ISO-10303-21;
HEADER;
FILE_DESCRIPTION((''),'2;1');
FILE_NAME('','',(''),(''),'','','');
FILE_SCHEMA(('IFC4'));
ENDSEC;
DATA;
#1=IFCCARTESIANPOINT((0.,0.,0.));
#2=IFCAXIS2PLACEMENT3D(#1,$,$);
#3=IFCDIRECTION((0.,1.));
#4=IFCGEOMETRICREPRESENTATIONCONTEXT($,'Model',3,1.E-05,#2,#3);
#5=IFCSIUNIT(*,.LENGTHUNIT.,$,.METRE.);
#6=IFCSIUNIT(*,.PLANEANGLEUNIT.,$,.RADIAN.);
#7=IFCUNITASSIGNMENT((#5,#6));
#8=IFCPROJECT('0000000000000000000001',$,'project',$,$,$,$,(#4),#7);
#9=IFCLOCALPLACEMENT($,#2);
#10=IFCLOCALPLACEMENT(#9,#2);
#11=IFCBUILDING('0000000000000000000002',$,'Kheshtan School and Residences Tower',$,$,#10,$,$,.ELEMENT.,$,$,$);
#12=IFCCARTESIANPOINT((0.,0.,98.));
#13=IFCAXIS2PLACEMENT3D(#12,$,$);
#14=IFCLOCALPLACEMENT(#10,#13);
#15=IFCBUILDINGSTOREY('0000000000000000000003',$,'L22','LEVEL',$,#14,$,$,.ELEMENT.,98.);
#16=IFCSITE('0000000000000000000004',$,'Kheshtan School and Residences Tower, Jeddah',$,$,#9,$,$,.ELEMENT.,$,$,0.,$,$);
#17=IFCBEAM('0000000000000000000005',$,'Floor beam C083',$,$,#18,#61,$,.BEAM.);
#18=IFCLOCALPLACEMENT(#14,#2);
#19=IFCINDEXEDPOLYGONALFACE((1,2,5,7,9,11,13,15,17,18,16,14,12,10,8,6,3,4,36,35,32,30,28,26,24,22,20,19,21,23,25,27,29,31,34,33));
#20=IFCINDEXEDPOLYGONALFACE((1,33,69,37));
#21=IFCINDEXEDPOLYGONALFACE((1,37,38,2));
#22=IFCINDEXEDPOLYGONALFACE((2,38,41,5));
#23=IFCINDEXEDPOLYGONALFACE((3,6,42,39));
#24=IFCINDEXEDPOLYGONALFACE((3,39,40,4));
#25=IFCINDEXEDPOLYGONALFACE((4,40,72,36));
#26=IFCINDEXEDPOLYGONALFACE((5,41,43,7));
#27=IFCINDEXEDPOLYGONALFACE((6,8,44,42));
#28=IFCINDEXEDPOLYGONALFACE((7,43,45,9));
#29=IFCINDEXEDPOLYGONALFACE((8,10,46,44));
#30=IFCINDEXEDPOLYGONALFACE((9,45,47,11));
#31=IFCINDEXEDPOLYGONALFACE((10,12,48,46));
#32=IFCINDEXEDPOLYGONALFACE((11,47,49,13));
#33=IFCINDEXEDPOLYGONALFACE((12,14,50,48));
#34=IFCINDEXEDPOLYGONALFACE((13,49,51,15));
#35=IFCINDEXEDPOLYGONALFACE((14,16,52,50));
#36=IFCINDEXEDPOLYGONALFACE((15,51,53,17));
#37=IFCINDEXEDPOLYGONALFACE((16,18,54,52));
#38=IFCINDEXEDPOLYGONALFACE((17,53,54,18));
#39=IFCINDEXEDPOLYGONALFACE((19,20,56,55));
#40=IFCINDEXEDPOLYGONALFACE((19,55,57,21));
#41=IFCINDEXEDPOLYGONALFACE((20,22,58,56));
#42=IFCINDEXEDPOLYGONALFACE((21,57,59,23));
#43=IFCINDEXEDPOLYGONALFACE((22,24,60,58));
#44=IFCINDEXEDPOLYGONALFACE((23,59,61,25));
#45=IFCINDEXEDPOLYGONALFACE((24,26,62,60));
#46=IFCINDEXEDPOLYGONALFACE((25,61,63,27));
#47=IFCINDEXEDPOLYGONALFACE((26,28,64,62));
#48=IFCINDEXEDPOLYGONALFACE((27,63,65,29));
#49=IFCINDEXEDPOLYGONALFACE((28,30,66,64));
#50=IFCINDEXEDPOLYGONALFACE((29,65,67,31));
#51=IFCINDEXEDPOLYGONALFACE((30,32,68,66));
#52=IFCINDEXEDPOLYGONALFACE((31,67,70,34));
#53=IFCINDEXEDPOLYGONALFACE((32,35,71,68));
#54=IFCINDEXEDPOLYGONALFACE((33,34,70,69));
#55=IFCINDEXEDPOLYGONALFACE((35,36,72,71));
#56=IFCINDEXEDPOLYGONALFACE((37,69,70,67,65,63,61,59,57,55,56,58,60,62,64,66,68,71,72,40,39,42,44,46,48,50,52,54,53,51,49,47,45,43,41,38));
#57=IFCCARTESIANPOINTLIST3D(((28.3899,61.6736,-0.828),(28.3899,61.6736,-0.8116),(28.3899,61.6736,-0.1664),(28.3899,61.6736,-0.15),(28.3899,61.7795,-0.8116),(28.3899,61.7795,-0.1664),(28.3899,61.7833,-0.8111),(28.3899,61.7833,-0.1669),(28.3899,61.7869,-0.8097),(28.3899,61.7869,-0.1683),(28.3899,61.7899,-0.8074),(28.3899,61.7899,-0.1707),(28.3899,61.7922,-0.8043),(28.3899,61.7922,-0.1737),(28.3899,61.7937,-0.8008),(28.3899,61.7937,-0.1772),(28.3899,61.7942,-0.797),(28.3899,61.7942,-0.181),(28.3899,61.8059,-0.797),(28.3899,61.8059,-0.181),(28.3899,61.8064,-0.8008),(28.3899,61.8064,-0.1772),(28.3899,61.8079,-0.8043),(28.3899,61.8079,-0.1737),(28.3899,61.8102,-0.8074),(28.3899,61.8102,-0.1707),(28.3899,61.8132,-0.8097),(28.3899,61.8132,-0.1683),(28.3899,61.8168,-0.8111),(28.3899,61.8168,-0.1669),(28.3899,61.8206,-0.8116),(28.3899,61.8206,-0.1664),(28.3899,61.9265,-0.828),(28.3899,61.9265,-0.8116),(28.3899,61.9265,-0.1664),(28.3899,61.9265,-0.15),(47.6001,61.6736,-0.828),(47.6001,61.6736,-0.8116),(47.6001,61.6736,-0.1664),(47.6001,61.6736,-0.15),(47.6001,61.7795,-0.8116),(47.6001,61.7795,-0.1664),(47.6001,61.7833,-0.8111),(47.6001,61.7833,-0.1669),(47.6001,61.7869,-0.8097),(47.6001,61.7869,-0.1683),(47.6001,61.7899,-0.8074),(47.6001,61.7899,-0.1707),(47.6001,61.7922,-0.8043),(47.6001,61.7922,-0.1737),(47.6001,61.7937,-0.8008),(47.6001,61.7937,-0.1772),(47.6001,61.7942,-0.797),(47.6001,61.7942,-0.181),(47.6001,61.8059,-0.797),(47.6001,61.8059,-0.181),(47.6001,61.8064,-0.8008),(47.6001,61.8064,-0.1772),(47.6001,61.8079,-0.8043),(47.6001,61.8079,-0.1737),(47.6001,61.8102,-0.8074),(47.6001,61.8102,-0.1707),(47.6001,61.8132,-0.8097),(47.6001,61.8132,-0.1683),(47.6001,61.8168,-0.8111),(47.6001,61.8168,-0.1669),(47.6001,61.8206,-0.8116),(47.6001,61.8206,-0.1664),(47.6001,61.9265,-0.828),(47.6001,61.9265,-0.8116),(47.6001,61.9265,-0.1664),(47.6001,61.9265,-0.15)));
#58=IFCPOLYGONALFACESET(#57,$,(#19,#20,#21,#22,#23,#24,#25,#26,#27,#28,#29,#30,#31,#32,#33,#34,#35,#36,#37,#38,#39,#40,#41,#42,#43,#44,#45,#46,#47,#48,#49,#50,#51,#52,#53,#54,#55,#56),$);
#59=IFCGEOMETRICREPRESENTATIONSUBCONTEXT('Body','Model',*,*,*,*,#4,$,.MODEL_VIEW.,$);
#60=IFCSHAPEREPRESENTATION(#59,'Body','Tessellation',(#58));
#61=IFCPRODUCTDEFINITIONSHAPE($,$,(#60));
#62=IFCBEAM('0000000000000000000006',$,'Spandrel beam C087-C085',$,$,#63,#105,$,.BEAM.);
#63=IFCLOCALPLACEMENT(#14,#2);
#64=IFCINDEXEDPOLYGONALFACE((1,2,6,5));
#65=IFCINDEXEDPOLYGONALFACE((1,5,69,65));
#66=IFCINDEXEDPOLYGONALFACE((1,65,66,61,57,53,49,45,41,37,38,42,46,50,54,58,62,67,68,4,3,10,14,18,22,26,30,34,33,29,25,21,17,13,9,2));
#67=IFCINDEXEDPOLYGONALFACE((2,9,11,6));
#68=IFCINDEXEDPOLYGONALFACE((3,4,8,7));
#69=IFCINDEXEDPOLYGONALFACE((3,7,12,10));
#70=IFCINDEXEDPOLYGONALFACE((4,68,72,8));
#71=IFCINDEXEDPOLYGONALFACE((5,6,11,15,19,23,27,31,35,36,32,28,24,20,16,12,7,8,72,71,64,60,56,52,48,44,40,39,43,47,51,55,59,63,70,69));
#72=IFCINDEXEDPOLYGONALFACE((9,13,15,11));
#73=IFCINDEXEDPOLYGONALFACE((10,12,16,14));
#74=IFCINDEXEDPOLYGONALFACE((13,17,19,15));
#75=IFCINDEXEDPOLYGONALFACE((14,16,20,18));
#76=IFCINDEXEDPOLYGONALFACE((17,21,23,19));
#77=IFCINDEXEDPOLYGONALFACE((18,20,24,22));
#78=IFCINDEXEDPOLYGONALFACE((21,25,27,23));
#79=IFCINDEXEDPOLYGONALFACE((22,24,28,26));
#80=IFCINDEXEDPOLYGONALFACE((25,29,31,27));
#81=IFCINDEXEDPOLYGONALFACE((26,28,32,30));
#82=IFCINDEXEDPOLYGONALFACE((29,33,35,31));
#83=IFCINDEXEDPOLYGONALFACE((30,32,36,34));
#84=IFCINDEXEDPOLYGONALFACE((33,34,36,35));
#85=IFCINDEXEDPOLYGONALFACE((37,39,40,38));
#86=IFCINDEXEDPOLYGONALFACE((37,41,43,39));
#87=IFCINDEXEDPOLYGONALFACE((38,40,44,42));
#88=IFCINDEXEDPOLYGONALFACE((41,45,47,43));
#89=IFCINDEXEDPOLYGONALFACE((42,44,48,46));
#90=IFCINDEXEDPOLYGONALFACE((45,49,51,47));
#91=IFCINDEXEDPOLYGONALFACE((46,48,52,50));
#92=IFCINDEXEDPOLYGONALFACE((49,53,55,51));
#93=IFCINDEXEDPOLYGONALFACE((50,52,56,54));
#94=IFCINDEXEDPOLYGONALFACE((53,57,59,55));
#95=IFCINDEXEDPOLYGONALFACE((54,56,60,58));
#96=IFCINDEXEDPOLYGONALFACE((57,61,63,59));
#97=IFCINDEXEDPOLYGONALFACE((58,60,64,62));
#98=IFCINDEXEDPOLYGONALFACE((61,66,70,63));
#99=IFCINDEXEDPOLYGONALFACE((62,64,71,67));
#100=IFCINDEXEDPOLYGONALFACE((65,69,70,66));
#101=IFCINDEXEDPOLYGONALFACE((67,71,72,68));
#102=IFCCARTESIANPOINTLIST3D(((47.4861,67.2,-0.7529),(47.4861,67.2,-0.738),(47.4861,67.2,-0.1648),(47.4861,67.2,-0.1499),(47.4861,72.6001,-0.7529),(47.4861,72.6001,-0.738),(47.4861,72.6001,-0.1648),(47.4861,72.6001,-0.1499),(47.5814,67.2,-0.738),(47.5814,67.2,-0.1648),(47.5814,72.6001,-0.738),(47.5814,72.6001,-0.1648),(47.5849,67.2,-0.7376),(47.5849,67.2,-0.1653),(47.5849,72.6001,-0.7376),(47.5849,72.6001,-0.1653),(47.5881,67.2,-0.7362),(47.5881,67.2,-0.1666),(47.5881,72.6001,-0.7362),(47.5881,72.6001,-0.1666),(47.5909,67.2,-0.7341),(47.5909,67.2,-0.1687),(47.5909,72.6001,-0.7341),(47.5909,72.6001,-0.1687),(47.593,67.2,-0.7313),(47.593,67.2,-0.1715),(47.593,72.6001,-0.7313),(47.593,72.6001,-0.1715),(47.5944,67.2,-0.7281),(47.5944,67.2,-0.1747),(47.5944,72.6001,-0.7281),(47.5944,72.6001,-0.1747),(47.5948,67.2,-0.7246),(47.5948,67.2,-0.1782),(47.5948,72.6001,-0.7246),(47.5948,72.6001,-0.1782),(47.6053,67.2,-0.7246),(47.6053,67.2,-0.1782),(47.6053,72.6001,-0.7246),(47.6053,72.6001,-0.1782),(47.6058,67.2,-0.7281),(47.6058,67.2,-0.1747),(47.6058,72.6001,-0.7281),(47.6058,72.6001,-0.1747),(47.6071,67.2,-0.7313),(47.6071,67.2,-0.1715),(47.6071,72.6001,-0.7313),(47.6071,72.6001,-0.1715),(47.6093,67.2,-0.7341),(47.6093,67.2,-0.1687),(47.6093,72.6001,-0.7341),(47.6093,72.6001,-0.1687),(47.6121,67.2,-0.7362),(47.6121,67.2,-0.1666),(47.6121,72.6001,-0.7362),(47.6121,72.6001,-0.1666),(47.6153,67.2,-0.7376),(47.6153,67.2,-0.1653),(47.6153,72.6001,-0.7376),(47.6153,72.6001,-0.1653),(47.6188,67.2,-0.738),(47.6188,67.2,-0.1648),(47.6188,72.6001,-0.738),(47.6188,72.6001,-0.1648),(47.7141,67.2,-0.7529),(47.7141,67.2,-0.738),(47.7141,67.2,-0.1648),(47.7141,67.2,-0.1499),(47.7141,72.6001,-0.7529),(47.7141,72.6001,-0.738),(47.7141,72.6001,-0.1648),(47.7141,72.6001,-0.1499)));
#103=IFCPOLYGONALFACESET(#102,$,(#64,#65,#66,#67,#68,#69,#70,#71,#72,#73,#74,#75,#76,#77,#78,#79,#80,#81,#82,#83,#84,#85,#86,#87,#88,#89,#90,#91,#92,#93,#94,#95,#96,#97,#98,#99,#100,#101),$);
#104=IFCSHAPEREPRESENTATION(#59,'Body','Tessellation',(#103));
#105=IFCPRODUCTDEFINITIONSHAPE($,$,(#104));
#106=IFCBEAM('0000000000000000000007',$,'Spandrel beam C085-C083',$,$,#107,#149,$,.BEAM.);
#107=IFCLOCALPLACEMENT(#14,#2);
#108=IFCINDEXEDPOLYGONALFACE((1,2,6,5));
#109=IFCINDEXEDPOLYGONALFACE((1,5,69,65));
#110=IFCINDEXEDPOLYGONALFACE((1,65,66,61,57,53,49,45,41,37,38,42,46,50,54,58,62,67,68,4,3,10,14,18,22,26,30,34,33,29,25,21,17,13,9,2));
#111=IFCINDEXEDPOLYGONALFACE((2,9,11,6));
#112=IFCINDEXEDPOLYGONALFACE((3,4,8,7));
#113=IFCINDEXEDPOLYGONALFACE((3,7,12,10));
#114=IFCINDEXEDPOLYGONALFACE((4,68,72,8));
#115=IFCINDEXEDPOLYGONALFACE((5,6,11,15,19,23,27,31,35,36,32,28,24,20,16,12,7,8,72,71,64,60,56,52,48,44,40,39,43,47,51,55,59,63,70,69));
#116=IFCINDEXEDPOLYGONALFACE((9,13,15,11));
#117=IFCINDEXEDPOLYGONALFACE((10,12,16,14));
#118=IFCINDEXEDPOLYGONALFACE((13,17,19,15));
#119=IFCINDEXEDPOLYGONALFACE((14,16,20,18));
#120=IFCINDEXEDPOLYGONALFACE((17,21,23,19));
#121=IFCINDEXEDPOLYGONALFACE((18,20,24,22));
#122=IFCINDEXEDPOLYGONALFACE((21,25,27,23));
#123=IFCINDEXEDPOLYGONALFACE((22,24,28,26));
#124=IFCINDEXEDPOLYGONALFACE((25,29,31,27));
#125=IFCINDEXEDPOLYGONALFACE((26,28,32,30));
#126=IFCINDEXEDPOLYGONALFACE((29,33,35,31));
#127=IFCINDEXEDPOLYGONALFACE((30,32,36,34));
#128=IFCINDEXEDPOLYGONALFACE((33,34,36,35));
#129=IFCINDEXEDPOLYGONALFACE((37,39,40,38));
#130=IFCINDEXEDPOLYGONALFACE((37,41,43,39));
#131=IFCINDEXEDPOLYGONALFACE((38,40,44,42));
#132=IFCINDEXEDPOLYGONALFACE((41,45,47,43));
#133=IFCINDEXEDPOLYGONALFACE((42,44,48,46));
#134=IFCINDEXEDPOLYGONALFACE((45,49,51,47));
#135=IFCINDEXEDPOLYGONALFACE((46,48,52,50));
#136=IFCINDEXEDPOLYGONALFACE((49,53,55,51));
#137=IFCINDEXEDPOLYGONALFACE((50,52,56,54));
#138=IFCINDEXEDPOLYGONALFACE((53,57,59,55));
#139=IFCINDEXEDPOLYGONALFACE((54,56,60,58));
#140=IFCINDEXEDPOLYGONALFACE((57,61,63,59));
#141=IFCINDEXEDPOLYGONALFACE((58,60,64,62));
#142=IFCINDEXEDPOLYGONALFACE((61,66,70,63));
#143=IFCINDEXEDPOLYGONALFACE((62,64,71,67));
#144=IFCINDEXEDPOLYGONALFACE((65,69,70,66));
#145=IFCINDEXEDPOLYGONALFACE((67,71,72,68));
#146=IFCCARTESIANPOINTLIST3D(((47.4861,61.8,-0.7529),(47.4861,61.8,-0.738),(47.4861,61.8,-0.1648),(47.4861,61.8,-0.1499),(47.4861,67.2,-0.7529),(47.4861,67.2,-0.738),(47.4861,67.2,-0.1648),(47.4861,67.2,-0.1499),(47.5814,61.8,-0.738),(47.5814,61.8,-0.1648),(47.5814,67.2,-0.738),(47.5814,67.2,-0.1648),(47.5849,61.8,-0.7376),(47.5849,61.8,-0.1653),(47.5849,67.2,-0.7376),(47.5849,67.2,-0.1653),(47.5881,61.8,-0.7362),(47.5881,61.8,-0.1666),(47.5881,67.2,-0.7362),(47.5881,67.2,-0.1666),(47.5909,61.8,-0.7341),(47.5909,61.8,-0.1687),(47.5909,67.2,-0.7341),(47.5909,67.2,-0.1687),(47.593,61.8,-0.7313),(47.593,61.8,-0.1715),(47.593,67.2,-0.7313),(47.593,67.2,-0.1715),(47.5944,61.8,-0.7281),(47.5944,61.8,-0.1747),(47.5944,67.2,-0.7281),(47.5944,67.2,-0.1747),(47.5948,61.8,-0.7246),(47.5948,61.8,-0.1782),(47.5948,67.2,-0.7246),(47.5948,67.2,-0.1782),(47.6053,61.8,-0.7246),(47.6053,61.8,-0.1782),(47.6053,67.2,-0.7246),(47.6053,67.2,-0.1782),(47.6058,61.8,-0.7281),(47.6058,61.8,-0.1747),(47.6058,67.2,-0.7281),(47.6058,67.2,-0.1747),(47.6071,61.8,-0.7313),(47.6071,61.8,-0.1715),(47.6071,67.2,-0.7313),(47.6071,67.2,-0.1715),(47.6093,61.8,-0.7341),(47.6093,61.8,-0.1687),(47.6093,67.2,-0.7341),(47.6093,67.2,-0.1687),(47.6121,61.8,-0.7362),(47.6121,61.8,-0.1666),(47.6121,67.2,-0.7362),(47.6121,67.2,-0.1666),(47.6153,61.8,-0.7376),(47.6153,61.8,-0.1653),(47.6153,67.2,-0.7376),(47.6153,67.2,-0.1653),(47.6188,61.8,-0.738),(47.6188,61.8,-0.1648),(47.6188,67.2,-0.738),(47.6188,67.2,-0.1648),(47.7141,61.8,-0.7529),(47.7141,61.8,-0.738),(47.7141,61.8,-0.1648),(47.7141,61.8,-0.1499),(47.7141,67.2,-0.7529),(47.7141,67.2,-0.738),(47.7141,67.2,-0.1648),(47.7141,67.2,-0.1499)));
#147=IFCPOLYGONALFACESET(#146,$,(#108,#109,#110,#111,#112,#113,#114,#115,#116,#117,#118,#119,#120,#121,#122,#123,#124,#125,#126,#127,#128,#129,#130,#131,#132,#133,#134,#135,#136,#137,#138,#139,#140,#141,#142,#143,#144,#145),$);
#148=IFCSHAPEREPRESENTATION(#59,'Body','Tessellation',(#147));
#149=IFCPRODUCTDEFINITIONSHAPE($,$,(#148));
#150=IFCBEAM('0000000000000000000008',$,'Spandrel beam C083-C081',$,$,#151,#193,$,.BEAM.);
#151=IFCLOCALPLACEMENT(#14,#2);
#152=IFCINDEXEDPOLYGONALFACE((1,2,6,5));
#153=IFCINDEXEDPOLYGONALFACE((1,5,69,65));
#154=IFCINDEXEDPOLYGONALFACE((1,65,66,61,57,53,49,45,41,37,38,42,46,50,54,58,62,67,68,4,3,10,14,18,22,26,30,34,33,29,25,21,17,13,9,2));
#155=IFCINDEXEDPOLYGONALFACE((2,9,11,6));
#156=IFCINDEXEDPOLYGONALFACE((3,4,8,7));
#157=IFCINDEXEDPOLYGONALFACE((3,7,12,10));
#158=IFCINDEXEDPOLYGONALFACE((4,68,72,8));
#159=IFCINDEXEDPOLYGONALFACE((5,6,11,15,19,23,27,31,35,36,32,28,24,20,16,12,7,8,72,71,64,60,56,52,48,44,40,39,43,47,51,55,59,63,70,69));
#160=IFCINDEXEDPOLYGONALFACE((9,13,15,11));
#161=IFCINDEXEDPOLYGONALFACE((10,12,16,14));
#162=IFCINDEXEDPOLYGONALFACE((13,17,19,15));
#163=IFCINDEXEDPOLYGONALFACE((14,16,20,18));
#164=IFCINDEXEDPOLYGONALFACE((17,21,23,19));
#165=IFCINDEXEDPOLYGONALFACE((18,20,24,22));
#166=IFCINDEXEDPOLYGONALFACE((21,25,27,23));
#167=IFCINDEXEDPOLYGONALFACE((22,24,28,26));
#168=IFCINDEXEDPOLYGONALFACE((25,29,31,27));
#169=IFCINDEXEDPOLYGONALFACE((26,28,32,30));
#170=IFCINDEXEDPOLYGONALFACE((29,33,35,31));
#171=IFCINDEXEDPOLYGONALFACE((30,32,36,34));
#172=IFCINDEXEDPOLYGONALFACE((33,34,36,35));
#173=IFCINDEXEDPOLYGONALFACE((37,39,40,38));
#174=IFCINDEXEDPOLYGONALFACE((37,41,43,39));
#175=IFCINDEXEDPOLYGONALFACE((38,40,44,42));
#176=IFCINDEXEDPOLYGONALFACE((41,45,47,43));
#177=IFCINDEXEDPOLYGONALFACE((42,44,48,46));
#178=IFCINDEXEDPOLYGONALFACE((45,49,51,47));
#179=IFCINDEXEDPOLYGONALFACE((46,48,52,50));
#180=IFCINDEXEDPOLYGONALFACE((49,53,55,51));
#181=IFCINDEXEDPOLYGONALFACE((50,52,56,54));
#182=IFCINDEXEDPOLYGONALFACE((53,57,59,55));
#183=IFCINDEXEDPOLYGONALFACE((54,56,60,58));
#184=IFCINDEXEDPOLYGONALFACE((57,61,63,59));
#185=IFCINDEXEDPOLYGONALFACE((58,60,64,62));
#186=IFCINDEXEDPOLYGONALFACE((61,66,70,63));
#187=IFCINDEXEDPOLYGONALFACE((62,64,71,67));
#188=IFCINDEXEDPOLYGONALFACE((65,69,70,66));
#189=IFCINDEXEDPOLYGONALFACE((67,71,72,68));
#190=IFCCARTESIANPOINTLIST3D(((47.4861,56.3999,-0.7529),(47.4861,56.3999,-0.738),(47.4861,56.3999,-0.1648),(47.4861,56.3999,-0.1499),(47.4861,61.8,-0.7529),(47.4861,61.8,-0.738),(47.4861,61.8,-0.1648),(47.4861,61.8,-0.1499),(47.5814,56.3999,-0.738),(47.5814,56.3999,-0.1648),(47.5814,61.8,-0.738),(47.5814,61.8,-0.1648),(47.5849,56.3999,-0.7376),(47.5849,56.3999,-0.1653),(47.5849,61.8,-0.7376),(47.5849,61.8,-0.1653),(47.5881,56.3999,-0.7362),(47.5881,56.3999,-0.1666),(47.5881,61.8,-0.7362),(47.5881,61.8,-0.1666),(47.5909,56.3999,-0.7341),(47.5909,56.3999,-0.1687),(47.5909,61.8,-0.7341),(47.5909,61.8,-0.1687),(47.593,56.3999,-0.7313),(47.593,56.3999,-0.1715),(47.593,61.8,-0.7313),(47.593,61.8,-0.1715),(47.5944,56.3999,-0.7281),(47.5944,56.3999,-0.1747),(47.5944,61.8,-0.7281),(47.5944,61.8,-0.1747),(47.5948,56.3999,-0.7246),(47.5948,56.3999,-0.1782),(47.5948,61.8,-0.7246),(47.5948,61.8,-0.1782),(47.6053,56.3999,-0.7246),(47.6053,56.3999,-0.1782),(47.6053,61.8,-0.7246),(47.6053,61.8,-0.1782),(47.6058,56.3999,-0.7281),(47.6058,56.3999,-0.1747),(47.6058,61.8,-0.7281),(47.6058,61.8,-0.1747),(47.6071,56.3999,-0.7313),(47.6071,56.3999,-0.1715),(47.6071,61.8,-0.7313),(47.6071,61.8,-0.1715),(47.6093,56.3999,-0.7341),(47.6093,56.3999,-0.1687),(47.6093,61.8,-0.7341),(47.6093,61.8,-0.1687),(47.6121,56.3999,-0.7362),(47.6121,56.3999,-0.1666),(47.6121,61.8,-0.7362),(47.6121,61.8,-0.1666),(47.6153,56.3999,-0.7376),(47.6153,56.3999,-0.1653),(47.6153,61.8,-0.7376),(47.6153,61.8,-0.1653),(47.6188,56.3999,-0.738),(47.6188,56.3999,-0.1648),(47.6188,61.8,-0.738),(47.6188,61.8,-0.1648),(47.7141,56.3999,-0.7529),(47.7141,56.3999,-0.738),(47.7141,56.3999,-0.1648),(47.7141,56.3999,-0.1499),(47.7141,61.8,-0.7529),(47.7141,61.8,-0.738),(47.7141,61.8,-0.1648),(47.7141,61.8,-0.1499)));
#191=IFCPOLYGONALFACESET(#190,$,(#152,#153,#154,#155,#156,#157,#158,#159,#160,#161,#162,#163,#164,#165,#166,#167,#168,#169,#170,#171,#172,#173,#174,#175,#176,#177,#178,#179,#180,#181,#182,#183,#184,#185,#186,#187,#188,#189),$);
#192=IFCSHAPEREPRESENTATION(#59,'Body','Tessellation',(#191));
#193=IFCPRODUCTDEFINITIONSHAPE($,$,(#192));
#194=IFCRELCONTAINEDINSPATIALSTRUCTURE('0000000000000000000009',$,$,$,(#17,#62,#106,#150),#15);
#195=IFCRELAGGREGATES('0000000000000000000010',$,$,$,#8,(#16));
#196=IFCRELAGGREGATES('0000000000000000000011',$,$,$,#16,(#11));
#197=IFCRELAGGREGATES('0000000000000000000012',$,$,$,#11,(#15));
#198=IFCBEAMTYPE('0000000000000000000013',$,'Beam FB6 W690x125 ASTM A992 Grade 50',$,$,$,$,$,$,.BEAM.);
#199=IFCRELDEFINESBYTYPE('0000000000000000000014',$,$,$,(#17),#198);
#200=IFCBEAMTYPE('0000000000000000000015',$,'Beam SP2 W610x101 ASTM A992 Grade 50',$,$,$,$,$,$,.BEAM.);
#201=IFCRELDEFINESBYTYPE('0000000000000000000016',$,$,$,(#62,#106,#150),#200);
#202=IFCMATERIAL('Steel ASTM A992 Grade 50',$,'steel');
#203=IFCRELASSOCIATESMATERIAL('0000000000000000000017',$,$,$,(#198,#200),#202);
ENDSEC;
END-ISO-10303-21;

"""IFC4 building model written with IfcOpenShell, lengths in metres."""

from ifc_helpers import new_model, si_unit, direction, frame, origin, origin_2d, place, context, subcontext, project, spatial, i_section, extrude, material, material_profile, profile_set, type_object, element, save


model = new_model("IFC4")

# Units and contexts
model_context = context("Model", 3, precision=1e-05, world=origin(), true_north=direction((0.0, 1.0)))
body_context = subcontext(model_context, "Body", "Model", "MODEL_VIEW")
ifc_project = project(units=[si_unit("LENGTHUNIT", "METRE"), si_unit("PLANEANGLEUNIT", "RADIAN")], contexts=[model_context])

# Site, building, storey
site_placement = place(None, origin())
site = spatial("IfcSite", under=ifc_project, at=site_placement, Name="Kheshtan School and Residences Tower, Jeddah", CompositionType="ELEMENT", RefElevation=0.0)
building_placement = place(site_placement, origin())
building = spatial("IfcBuilding", under=site, at=building_placement, Name="Kheshtan School and Residences Tower", CompositionType="ELEMENT")
storey_placement = place(building_placement, frame((0.0, 0.0, 98.0)))
storey = spatial("IfcBuildingStorey", under=building, at=storey_placement, Name="L22", Description="LEVEL", CompositionType="ELEMENT", Elevation=98.0)

# Shared definitions
ifc_material_1 = material(Name="Steel ASTM A992 Grade 50", Category="steel")

# Beams
ifc_material_profile_1 = material_profile(ifc_material_1, i_section(OverallWidth=0.2529, OverallDepth=0.678, WebThickness=0.0117, FlangeThickness=0.0164, FilletRadius=0.0146, at=origin_2d()), Name="W690x125")
ifc_profile_set_1 = profile_set([ifc_material_profile_1], Name="Steel ASTM A992 Grade 50")
beam_type_1 = type_object("IfcBeamType", Name="Beam FB6 W690x125 ASTM A992 Grade 50", PredefinedType="BEAM", material=ifc_profile_set_1)
beam_1_placement = place(storey_placement, frame((47.6001, 61.8, -0.489), z_axis=(-1.0, 0.0, 0.0), x_axis=(0.0, -1.0, 0.0)))
element("IfcBeam", 1, at=beam_1_placement, inside=storey, type_object=beam_type_1, Name="Floor beam C083", PredefinedType="BEAM", context=body_context, shape_type="SweptSolid", body=[
    extrude(i_section(OverallWidth=0.2529, OverallDepth=0.678, WebThickness=0.0117, FlangeThickness=0.0164, FilletRadius=0.0146, at=origin_2d()), origin(), (0.0, 0.0, 1.0), 19.2102),
])
ifc_material_profile_2 = material_profile(ifc_material_1, i_section(OverallWidth=0.228, OverallDepth=0.603, WebThickness=0.0105, FlangeThickness=0.0149, FilletRadius=0.0134, at=origin_2d()), Name="W610x101")
ifc_profile_set_2 = profile_set([ifc_material_profile_2], Name="Steel ASTM A992 Grade 50")
beam_type_2 = type_object("IfcBeamType", Name="Beam SP2 W610x101 ASTM A992 Grade 50", PredefinedType="BEAM", material=ifc_profile_set_2)
beam_2_placement = place(storey_placement, frame((47.6001, 72.6001, -0.4514), z_axis=(0.0, -1.0, 0.0), x_axis=(1.0, 0.0, 0.0)))
element("IfcBeam", 2, at=beam_2_placement, inside=storey, type_object=beam_type_2, Name="Spandrel beam C087-C085", PredefinedType="BEAM", context=body_context, shape_type="SweptSolid", body=[
    extrude(i_section(OverallWidth=0.228, OverallDepth=0.603, WebThickness=0.0105, FlangeThickness=0.0149, FilletRadius=0.0134, at=origin_2d()), origin(), (0.0, 0.0, 1.0), 5.4001),
])
beam_3_placement = place(storey_placement, frame((47.6001, 67.2, -0.4514), z_axis=(0.0, -1.0, 0.0), x_axis=(1.0, 0.0, 0.0)))
element("IfcBeam", 3, at=beam_3_placement, inside=storey, type_object=beam_type_2, Name="Spandrel beam C085-C083", PredefinedType="BEAM", context=body_context, shape_type="SweptSolid", body=[
    extrude(i_section(OverallWidth=0.228, OverallDepth=0.603, WebThickness=0.0105, FlangeThickness=0.0149, FilletRadius=0.0134, at=origin_2d()), origin(), (0.0, 0.0, 1.0), 5.3999),
])
beam_4_placement = place(storey_placement, frame((47.6001, 61.8, -0.4514), z_axis=(0.0, -1.0, 0.0), x_axis=(1.0, 0.0, 0.0)))
element("IfcBeam", 4, at=beam_4_placement, inside=storey, type_object=beam_type_2, Name="Spandrel beam C083-C081", PredefinedType="BEAM", context=body_context, shape_type="SweptSolid", body=[
    extrude(i_section(OverallWidth=0.228, OverallDepth=0.603, WebThickness=0.0105, FlangeThickness=0.0149, FilletRadius=0.0134, at=origin_2d()), origin(), (0.0, 0.0, 1.0), 5.4001),
])

save(model, "model.ifc")
